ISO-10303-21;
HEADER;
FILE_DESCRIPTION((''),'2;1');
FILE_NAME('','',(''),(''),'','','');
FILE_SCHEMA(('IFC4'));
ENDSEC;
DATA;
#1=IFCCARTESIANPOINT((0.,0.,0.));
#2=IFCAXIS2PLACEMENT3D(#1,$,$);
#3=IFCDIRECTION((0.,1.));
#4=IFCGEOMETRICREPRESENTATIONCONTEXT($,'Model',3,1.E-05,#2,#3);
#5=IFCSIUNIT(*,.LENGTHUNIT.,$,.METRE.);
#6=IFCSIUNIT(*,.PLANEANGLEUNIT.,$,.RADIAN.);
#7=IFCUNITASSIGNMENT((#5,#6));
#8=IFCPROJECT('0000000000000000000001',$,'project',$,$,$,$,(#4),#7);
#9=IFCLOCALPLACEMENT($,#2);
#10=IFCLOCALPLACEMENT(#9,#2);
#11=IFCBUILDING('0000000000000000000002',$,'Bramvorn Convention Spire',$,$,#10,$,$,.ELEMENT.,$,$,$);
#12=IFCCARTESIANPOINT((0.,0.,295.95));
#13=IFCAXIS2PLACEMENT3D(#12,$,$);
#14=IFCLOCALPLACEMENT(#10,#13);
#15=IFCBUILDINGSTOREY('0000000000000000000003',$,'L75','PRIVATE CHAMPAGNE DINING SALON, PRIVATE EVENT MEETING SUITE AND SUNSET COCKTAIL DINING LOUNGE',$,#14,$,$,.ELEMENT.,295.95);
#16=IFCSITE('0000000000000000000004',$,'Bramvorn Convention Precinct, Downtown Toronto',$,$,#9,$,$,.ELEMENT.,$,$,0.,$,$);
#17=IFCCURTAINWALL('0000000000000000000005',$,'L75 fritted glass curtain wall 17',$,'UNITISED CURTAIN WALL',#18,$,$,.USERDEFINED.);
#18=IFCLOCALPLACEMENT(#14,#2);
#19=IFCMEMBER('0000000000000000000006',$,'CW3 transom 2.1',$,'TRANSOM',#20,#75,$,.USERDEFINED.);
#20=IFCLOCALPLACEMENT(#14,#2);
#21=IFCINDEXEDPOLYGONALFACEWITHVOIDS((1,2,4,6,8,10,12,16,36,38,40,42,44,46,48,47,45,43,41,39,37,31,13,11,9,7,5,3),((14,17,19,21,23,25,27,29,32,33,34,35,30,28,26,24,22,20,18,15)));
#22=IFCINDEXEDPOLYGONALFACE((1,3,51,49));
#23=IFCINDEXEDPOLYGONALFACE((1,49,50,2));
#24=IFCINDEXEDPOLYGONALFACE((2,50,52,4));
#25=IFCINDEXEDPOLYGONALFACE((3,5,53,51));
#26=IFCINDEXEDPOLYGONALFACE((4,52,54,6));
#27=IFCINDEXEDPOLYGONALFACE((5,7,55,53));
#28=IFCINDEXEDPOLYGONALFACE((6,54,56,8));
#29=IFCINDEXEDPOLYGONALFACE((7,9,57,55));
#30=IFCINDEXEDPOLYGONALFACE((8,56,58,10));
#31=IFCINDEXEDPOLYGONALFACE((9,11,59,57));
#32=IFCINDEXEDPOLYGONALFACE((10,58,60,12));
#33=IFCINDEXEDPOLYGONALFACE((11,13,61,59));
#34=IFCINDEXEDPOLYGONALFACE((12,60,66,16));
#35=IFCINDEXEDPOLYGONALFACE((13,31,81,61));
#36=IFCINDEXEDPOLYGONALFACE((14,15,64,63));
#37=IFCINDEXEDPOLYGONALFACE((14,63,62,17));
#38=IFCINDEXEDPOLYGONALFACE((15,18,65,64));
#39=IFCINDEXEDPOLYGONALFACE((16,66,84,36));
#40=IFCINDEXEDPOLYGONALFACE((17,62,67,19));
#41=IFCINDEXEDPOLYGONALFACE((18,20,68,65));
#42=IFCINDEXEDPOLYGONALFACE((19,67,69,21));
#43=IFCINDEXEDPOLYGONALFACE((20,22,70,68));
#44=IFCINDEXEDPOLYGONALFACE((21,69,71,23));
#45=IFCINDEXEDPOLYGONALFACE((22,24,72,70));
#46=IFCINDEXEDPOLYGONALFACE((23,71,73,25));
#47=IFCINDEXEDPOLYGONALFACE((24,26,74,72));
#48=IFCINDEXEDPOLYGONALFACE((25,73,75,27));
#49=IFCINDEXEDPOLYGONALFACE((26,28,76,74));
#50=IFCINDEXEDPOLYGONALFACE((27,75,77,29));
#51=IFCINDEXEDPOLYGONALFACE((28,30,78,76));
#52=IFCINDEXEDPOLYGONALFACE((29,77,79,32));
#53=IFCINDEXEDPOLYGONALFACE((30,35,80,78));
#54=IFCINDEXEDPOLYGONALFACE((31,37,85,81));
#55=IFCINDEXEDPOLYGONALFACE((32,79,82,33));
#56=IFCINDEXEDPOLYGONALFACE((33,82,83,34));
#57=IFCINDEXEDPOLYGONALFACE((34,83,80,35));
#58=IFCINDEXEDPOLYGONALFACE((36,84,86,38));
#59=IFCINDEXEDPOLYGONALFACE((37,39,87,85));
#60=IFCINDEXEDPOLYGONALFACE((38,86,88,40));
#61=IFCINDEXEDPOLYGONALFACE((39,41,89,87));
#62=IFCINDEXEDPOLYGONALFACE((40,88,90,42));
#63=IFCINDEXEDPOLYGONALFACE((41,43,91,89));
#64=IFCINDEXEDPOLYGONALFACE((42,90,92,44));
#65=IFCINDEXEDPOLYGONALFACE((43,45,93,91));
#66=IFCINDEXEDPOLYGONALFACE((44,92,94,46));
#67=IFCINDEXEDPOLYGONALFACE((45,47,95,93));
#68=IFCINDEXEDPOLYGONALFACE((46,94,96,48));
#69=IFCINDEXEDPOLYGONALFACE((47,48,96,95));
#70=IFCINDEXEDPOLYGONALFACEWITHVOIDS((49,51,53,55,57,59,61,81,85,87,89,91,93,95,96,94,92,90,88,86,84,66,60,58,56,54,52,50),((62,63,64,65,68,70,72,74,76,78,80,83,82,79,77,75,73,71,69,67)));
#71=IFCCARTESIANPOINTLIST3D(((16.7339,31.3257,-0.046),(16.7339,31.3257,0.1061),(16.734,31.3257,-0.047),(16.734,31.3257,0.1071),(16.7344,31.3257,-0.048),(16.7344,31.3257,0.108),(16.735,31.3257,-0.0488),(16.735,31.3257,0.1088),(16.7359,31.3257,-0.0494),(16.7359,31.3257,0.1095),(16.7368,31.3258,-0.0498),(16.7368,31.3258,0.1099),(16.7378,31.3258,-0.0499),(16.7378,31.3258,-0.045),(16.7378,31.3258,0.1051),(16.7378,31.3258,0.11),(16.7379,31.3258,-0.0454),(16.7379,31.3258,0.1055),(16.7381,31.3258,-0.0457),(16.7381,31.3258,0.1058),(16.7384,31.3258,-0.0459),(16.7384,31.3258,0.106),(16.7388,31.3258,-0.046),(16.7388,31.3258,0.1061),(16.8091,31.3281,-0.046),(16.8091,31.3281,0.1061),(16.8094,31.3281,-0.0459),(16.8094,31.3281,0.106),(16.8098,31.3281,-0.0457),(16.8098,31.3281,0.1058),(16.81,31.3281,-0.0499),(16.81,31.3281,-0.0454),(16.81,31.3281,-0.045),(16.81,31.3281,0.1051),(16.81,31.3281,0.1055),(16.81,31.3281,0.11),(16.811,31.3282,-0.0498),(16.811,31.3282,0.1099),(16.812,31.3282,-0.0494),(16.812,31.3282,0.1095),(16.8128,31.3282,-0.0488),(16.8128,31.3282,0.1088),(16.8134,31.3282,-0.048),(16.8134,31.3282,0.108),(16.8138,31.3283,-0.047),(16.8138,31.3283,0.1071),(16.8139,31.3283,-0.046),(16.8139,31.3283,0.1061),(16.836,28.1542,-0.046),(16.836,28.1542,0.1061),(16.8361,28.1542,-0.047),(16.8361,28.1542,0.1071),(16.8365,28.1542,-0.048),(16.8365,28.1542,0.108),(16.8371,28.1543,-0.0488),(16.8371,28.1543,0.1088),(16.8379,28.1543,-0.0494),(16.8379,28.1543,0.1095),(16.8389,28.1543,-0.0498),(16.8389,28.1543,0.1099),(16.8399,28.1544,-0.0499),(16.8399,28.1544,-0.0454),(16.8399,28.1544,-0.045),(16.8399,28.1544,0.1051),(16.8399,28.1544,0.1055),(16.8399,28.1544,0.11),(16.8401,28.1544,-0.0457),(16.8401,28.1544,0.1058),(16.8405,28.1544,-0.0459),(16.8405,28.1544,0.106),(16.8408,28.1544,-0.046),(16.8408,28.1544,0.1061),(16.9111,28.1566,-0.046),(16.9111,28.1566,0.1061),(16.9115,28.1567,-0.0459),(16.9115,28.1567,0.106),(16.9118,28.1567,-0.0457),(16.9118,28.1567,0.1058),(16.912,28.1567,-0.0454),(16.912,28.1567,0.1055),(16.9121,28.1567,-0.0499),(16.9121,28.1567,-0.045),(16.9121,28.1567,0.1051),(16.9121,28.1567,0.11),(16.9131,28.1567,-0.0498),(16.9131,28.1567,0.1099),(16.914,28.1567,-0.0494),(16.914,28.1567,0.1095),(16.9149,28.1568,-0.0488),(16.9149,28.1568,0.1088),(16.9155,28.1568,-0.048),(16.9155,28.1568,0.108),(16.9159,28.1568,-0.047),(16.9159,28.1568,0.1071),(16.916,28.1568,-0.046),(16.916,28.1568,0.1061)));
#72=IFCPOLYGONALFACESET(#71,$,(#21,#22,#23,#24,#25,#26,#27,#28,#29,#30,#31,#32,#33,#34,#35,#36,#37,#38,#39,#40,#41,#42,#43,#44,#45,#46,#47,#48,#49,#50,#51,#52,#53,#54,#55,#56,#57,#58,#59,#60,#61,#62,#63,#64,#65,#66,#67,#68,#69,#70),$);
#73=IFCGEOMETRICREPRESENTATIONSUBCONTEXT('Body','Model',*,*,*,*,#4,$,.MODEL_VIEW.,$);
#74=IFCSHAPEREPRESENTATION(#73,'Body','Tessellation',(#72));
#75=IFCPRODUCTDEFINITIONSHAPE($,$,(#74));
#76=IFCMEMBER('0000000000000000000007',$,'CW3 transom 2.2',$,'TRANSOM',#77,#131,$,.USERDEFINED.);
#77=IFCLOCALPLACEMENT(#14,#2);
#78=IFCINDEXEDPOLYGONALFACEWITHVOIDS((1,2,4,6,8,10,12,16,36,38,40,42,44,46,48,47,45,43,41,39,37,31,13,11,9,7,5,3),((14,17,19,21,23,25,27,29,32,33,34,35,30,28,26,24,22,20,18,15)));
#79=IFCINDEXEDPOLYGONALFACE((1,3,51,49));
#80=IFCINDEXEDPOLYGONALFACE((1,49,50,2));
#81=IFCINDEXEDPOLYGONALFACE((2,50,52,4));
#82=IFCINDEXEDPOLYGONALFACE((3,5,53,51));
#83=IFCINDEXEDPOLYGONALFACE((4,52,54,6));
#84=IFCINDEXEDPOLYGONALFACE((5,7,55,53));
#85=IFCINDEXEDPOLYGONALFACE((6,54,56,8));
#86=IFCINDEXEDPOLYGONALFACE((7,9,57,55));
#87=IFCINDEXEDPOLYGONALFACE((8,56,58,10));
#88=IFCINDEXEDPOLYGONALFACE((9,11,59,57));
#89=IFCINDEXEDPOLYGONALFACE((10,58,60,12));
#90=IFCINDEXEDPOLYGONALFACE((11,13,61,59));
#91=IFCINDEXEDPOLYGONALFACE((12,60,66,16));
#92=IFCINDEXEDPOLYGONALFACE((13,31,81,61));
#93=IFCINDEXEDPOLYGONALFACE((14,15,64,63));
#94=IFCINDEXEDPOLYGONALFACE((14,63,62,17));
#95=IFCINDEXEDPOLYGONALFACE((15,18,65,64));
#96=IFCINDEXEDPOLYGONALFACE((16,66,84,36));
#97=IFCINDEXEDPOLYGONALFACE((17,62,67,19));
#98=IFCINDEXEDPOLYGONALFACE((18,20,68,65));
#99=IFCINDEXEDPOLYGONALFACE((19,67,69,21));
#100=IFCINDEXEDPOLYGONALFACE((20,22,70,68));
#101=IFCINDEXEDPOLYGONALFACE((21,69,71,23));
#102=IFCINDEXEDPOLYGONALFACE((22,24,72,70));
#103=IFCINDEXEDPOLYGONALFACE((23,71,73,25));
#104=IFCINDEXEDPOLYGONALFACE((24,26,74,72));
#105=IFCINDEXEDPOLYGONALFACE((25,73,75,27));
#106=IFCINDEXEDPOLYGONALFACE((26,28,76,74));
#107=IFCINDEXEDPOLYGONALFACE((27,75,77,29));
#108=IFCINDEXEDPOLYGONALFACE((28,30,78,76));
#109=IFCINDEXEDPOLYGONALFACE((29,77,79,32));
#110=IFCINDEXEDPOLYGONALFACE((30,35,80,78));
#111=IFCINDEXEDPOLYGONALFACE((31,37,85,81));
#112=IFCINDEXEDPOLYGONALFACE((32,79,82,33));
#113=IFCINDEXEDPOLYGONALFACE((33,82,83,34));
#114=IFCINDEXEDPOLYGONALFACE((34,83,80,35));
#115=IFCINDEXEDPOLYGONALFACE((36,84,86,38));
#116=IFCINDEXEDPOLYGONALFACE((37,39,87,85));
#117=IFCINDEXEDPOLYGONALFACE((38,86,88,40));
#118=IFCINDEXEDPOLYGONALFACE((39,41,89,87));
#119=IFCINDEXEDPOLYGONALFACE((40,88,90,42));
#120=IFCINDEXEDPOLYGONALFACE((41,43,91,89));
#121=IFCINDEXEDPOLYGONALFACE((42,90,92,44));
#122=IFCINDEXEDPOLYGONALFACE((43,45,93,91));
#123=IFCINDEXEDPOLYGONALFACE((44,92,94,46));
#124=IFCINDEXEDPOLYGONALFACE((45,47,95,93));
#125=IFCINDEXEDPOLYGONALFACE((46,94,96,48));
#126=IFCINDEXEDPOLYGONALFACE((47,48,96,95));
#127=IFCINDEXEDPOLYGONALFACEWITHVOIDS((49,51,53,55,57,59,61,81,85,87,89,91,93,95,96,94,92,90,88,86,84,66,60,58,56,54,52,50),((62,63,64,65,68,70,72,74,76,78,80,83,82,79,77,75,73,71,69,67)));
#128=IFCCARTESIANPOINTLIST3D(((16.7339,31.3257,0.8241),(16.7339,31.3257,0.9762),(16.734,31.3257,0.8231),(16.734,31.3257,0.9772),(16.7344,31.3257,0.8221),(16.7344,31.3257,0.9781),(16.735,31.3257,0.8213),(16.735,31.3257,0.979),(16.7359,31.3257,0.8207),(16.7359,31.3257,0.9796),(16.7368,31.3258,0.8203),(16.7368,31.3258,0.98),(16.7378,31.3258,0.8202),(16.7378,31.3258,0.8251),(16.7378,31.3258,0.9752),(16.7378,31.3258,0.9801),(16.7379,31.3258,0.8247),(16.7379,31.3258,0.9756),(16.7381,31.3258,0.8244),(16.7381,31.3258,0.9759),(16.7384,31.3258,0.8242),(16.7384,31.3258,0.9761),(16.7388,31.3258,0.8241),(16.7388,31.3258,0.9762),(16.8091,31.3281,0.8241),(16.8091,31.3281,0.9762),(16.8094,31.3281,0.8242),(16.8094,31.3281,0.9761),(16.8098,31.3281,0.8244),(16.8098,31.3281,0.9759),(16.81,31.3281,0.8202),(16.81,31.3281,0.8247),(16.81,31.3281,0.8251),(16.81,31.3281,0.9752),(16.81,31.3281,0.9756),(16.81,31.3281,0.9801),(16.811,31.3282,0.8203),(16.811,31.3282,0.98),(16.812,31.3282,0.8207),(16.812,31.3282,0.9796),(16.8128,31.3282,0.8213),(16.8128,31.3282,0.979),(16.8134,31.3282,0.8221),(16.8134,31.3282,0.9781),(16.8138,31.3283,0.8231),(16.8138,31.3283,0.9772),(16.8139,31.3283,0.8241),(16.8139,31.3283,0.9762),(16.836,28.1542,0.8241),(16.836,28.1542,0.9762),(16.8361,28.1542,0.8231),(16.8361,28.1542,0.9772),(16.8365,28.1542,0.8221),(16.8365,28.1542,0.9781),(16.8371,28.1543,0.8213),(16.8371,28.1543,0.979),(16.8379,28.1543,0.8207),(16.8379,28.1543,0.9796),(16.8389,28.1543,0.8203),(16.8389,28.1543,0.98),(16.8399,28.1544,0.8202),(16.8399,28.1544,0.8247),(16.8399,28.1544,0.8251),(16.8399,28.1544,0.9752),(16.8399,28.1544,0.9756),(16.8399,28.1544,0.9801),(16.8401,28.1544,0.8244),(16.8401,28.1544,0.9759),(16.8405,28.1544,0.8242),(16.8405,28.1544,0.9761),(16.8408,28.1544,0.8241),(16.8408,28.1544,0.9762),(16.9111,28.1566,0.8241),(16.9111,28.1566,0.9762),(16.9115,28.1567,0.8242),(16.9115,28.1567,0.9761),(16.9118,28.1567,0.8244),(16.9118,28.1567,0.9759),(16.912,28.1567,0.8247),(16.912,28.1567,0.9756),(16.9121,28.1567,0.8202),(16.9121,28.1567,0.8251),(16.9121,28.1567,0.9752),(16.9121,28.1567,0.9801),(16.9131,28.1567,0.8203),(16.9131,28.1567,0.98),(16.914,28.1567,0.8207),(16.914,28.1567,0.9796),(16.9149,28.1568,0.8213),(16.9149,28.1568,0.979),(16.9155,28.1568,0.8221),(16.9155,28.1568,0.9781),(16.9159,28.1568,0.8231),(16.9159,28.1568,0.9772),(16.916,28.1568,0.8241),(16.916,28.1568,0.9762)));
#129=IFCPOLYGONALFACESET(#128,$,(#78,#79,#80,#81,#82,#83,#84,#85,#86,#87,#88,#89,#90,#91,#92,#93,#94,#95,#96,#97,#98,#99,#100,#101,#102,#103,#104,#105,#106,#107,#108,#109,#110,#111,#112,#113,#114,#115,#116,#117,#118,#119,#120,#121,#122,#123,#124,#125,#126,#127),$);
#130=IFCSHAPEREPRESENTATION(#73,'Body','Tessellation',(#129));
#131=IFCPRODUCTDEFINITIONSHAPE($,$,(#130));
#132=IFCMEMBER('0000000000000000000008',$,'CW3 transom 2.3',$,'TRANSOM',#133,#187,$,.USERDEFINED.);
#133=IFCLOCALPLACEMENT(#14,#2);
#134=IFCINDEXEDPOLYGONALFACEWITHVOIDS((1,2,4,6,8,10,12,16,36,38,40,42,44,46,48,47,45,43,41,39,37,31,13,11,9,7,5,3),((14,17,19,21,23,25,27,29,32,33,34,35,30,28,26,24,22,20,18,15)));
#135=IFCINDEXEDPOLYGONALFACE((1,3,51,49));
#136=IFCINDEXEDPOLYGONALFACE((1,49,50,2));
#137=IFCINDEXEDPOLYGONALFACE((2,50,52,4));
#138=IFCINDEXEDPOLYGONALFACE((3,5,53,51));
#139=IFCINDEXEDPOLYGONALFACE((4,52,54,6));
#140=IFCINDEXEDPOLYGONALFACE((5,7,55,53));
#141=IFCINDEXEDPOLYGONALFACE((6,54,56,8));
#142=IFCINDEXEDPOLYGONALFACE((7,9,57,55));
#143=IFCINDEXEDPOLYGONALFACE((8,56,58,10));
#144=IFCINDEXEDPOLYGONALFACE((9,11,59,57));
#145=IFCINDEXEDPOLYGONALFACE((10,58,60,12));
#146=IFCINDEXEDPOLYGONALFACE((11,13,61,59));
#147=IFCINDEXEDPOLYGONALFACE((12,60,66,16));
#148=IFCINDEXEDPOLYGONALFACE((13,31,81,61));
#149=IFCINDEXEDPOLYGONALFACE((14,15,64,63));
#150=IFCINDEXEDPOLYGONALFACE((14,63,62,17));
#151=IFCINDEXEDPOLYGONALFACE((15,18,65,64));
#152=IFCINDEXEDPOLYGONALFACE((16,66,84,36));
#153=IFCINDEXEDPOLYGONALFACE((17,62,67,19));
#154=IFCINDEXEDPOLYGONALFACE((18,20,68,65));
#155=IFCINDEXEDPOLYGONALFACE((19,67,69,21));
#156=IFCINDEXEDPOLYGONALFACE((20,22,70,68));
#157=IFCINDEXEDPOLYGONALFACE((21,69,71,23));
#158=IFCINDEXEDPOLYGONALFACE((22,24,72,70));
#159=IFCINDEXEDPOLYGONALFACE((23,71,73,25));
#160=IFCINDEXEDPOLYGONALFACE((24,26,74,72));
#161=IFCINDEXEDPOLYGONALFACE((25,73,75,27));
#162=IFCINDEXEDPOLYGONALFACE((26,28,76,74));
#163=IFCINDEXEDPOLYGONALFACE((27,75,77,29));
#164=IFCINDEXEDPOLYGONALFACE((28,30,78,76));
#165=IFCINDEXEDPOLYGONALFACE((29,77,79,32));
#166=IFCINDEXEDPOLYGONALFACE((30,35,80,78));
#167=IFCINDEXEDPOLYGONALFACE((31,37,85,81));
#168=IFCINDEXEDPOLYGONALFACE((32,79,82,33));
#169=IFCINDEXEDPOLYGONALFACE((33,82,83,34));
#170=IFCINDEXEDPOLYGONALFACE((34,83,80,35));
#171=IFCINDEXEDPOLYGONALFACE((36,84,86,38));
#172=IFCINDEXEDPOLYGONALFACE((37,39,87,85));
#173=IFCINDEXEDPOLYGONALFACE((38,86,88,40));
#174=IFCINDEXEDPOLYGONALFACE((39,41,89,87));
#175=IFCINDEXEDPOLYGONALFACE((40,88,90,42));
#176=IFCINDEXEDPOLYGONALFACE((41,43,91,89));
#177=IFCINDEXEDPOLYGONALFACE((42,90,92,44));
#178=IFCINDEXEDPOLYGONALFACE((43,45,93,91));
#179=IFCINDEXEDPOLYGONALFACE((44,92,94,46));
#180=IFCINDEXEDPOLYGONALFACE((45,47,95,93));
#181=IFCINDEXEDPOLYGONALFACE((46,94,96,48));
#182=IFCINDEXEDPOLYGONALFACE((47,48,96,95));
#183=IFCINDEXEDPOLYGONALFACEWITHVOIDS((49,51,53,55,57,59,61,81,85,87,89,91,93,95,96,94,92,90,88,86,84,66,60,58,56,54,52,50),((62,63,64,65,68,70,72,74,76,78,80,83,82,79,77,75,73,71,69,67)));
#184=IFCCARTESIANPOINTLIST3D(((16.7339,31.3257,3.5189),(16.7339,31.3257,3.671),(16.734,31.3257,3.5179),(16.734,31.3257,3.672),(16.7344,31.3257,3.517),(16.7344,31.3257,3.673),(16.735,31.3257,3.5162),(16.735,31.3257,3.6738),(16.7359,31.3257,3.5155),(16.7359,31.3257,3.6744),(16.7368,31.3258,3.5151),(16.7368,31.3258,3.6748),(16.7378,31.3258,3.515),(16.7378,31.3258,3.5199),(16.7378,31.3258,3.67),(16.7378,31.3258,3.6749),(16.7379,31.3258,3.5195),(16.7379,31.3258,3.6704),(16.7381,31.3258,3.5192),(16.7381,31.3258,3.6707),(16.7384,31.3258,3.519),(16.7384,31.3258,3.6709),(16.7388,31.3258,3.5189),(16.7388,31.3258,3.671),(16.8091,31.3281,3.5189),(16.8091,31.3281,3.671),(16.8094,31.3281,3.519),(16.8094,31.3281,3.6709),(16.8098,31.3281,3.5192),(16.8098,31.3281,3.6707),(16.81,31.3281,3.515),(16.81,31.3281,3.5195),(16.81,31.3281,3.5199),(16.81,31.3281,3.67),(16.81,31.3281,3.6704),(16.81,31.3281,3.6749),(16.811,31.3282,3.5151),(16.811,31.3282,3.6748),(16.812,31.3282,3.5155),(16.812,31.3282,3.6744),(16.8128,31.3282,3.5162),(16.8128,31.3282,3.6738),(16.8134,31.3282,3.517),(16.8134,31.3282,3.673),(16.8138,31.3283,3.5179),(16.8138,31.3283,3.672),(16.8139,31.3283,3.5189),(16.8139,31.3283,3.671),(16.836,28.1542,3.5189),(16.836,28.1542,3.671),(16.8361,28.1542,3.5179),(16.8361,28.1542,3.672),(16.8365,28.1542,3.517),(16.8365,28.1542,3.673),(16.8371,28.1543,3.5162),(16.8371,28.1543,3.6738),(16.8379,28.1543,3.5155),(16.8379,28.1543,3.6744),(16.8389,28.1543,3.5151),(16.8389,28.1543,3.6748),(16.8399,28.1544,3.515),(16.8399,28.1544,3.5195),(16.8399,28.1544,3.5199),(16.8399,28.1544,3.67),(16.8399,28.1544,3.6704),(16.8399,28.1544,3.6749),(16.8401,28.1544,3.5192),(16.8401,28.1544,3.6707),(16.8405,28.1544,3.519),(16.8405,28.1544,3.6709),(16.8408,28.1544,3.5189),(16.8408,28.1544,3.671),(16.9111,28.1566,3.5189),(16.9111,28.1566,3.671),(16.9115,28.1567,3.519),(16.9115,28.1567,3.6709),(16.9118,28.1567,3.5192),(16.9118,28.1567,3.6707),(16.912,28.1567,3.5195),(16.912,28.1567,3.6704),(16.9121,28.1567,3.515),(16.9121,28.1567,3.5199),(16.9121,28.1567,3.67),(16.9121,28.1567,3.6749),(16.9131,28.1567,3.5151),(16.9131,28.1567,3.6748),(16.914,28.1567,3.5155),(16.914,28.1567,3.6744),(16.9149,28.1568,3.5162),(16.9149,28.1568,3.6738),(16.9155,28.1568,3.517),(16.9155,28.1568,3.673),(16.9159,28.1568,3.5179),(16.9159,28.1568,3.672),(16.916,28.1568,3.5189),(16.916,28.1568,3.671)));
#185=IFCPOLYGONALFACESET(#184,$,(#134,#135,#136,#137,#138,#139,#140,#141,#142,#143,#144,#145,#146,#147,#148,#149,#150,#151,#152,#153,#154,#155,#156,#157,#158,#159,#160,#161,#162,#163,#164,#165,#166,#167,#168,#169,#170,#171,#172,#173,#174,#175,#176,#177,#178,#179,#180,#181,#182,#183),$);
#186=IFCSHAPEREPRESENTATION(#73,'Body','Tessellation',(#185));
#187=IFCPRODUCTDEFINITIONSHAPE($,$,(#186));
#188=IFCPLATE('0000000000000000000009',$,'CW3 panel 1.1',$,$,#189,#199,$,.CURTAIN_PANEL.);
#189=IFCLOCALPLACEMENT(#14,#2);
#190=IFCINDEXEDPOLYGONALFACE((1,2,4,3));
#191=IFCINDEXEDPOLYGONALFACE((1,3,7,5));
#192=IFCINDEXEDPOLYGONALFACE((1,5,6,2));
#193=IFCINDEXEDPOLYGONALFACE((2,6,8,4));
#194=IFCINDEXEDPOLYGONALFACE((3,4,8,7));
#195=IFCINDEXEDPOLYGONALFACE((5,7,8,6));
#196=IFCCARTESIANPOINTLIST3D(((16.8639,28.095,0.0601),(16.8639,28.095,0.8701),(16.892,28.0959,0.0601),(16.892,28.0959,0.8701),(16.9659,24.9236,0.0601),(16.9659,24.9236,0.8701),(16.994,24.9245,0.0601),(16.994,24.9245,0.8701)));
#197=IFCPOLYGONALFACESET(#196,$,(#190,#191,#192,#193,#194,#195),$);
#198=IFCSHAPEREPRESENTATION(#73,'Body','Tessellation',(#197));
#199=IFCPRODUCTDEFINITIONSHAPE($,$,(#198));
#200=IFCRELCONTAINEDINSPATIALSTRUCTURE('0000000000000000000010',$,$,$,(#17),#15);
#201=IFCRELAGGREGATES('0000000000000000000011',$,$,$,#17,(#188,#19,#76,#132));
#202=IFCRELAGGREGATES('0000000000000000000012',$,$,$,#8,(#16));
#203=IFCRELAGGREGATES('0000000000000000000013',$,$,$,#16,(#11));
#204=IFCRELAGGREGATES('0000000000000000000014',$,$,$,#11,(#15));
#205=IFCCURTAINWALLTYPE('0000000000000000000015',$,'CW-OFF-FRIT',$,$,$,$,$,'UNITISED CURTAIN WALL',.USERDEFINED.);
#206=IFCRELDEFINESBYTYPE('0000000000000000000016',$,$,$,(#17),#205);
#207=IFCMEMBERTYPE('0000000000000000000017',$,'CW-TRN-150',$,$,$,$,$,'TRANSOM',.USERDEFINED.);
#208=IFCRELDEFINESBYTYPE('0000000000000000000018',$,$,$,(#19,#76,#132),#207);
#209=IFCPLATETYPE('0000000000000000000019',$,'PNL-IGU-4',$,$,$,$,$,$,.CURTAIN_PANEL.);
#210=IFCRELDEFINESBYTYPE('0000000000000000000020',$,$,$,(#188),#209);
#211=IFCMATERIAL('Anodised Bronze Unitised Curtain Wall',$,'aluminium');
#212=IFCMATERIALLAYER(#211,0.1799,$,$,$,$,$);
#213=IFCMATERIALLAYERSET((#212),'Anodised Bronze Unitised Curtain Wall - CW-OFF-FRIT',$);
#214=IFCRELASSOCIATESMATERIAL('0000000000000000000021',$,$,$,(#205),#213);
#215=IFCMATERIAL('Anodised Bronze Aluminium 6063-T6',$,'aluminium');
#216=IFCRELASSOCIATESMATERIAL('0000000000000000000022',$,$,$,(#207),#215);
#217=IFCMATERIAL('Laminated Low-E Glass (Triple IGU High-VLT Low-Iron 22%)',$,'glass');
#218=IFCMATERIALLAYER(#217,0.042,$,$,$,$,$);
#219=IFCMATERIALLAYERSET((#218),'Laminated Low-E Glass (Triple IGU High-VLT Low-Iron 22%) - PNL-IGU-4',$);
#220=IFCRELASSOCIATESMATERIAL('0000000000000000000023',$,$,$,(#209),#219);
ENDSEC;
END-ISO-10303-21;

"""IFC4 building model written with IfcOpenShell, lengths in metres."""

from ifc_helpers import new_model, si_unit, direction, frame, origin, origin_2d, place, context, subcontext, project, spatial, rectangle, hollow_rectangle, extrude, material, layer, layer_set, material_profile, profile_set, type_object, element, aggregate, save


model = new_model("IFC4")

# Units and contexts
model_context = context("Model", 3, precision=1e-05, world=origin(), true_north=direction((0.0, 1.0)))
body_context = subcontext(model_context, "Body", "Model", "MODEL_VIEW")
ifc_project = project(units=[si_unit("LENGTHUNIT", "METRE"), si_unit("PLANEANGLEUNIT", "RADIAN")], contexts=[model_context])

# Site, building, storey
site_placement = place(None, origin())
site = spatial("IfcSite", under=ifc_project, at=site_placement, Name="Bramvorn Convention Precinct, Downtown Toronto", CompositionType="ELEMENT", RefElevation=0.0)
building_placement = place(site_placement, origin())
building = spatial("IfcBuilding", under=site, at=building_placement, Name="Bramvorn Convention Spire", CompositionType="ELEMENT")
storey_placement = place(building_placement, frame((0.0, 0.0, 295.95)))
storey = spatial("IfcBuildingStorey", under=building, at=storey_placement, Name="L75", Description="PRIVATE CHAMPAGNE DINING SALON, PRIVATE EVENT MEETING SUITE AND SUNSET COCKTAIL DINING LOUNGE", CompositionType="ELEMENT", Elevation=295.95)

# Curtain wall, members, plate
ifc_material_1 = material(Name="Anodised Bronze Unitised Curtain Wall", Category="aluminium")
ifc_layer_1 = layer(ifc_material_1, 0.1799)
ifc_layer_set_1 = layer_set([ifc_layer_1], Name="Anodised Bronze Unitised Curtain Wall - CW-OFF-FRIT")
curtain_wall_type = type_object("IfcCurtainWallType", Name="CW-OFF-FRIT", ElementType="UNITISED CURTAIN WALL", PredefinedType="USERDEFINED", material=ifc_layer_set_1)
curtain_wall_placement = place(storey_placement, origin())
curtain_wall = element("IfcCurtainWall", 1, at=curtain_wall_placement, inside=storey, type_object=curtain_wall_type, Name="L75 fritted glass curtain wall 17", ObjectType="UNITISED CURTAIN WALL", PredefinedType="USERDEFINED")
ifc_material_2 = material(Name="Anodised Bronze Aluminium 6063-T6", Category="aluminium")
ifc_material_profile_1 = material_profile(ifc_material_2, hollow_rectangle(XDim=0.0801, YDim=0.1599, WallThickness=0.0039, InnerFilletRadius=0.001, OuterFilletRadius=0.0039, at=origin_2d()))
ifc_profile_set_1 = profile_set([ifc_material_profile_1], Name="Anodised Bronze Aluminium 6063-T6 - CWT80X160")
member_type_1 = type_object("IfcMemberType", Name="CW-TRN-150", ElementType="TRANSOM", PredefinedType="USERDEFINED", material=ifc_profile_set_1)
member_1_placement = place(storey_placement, frame((16.876, 28.1555, 0.03), z_axis=(-0.032162, 0.999483, 0.0), x_axis=(-0.999483, -0.032162, 0.0)))
member_1 = element("IfcMember", 2, at=member_1_placement, type_object=member_type_1, Name="CW3 transom 2.1", ObjectType="TRANSOM", PredefinedType="USERDEFINED", context=body_context, shape_type="SweptSolid", body=[
    extrude(hollow_rectangle(XDim=0.0801, YDim=0.1599, WallThickness=0.0039, InnerFilletRadius=0.001, OuterFilletRadius=0.0039, at=origin_2d()), origin(), (0.0, 0.0, 1.0), 3.1731),
])
member_2_placement = place(storey_placement, frame((16.876, 28.1555, 0.9001), z_axis=(-0.032162, 0.999483, 0.0), x_axis=(-0.999483, -0.032162, 0.0)))
member_2 = element("IfcMember", 3, at=member_2_placement, type_object=member_type_1, Name="CW3 transom 2.2", ObjectType="TRANSOM", PredefinedType="USERDEFINED", context=body_context, shape_type="SweptSolid", body=[
    extrude(hollow_rectangle(XDim=0.0801, YDim=0.1599, WallThickness=0.0039, InnerFilletRadius=0.001, OuterFilletRadius=0.0039, at=origin_2d()), origin(), (0.0, 0.0, 1.0), 3.1731),
])
member_3_placement = place(storey_placement, frame((16.876, 28.1555, 3.595), z_axis=(-0.032162, 0.999483, 0.0), x_axis=(-0.999483, -0.032162, 0.0)))
member_3 = element("IfcMember", 4, at=member_3_placement, type_object=member_type_1, Name="CW3 transom 2.3", ObjectType="TRANSOM", PredefinedType="USERDEFINED", context=body_context, shape_type="SweptSolid", body=[
    extrude(hollow_rectangle(XDim=0.0801, YDim=0.1599, WallThickness=0.0039, InnerFilletRadius=0.001, OuterFilletRadius=0.0039, at=origin_2d()), origin(), (0.0, 0.0, 1.0), 3.1731),
])
ifc_material_3 = material(Name="Laminated Low-E Glass (Triple IGU High-VLT Low-Iron 22%)", Category="glass")
ifc_layer_2 = layer(ifc_material_3, 0.042)
ifc_layer_set_2 = layer_set([ifc_layer_2], Name="Laminated Low-E Glass (Triple IGU High-VLT Low-Iron 22%) - PNL-IGU-4")
plate_type = type_object("IfcPlateType", Name="PNL-IGU-4", PredefinedType="CURTAIN_PANEL", material=ifc_layer_set_2)
plate_1_placement = place(storey_placement, frame((16.929, 26.5098, 0.0601), z_axis=(0.0, 0.0, 1.0), x_axis=(-0.032147, 0.999483, 0.0)))
plate_1 = element("IfcPlate", 5, at=plate_1_placement, type_object=plate_type, Name="CW3 panel 1.1", PredefinedType="CURTAIN_PANEL", context=body_context, shape_type="SweptSolid", body=[
    extrude(rectangle(XDim=3.1731, YDim=0.0281, at=origin_2d()), origin(), (0.0, 0.0, 1.0), 0.8101),
])
aggregate(curtain_wall, [plate_1, member_1, member_2, member_3])

save(model, "model.ifc")
